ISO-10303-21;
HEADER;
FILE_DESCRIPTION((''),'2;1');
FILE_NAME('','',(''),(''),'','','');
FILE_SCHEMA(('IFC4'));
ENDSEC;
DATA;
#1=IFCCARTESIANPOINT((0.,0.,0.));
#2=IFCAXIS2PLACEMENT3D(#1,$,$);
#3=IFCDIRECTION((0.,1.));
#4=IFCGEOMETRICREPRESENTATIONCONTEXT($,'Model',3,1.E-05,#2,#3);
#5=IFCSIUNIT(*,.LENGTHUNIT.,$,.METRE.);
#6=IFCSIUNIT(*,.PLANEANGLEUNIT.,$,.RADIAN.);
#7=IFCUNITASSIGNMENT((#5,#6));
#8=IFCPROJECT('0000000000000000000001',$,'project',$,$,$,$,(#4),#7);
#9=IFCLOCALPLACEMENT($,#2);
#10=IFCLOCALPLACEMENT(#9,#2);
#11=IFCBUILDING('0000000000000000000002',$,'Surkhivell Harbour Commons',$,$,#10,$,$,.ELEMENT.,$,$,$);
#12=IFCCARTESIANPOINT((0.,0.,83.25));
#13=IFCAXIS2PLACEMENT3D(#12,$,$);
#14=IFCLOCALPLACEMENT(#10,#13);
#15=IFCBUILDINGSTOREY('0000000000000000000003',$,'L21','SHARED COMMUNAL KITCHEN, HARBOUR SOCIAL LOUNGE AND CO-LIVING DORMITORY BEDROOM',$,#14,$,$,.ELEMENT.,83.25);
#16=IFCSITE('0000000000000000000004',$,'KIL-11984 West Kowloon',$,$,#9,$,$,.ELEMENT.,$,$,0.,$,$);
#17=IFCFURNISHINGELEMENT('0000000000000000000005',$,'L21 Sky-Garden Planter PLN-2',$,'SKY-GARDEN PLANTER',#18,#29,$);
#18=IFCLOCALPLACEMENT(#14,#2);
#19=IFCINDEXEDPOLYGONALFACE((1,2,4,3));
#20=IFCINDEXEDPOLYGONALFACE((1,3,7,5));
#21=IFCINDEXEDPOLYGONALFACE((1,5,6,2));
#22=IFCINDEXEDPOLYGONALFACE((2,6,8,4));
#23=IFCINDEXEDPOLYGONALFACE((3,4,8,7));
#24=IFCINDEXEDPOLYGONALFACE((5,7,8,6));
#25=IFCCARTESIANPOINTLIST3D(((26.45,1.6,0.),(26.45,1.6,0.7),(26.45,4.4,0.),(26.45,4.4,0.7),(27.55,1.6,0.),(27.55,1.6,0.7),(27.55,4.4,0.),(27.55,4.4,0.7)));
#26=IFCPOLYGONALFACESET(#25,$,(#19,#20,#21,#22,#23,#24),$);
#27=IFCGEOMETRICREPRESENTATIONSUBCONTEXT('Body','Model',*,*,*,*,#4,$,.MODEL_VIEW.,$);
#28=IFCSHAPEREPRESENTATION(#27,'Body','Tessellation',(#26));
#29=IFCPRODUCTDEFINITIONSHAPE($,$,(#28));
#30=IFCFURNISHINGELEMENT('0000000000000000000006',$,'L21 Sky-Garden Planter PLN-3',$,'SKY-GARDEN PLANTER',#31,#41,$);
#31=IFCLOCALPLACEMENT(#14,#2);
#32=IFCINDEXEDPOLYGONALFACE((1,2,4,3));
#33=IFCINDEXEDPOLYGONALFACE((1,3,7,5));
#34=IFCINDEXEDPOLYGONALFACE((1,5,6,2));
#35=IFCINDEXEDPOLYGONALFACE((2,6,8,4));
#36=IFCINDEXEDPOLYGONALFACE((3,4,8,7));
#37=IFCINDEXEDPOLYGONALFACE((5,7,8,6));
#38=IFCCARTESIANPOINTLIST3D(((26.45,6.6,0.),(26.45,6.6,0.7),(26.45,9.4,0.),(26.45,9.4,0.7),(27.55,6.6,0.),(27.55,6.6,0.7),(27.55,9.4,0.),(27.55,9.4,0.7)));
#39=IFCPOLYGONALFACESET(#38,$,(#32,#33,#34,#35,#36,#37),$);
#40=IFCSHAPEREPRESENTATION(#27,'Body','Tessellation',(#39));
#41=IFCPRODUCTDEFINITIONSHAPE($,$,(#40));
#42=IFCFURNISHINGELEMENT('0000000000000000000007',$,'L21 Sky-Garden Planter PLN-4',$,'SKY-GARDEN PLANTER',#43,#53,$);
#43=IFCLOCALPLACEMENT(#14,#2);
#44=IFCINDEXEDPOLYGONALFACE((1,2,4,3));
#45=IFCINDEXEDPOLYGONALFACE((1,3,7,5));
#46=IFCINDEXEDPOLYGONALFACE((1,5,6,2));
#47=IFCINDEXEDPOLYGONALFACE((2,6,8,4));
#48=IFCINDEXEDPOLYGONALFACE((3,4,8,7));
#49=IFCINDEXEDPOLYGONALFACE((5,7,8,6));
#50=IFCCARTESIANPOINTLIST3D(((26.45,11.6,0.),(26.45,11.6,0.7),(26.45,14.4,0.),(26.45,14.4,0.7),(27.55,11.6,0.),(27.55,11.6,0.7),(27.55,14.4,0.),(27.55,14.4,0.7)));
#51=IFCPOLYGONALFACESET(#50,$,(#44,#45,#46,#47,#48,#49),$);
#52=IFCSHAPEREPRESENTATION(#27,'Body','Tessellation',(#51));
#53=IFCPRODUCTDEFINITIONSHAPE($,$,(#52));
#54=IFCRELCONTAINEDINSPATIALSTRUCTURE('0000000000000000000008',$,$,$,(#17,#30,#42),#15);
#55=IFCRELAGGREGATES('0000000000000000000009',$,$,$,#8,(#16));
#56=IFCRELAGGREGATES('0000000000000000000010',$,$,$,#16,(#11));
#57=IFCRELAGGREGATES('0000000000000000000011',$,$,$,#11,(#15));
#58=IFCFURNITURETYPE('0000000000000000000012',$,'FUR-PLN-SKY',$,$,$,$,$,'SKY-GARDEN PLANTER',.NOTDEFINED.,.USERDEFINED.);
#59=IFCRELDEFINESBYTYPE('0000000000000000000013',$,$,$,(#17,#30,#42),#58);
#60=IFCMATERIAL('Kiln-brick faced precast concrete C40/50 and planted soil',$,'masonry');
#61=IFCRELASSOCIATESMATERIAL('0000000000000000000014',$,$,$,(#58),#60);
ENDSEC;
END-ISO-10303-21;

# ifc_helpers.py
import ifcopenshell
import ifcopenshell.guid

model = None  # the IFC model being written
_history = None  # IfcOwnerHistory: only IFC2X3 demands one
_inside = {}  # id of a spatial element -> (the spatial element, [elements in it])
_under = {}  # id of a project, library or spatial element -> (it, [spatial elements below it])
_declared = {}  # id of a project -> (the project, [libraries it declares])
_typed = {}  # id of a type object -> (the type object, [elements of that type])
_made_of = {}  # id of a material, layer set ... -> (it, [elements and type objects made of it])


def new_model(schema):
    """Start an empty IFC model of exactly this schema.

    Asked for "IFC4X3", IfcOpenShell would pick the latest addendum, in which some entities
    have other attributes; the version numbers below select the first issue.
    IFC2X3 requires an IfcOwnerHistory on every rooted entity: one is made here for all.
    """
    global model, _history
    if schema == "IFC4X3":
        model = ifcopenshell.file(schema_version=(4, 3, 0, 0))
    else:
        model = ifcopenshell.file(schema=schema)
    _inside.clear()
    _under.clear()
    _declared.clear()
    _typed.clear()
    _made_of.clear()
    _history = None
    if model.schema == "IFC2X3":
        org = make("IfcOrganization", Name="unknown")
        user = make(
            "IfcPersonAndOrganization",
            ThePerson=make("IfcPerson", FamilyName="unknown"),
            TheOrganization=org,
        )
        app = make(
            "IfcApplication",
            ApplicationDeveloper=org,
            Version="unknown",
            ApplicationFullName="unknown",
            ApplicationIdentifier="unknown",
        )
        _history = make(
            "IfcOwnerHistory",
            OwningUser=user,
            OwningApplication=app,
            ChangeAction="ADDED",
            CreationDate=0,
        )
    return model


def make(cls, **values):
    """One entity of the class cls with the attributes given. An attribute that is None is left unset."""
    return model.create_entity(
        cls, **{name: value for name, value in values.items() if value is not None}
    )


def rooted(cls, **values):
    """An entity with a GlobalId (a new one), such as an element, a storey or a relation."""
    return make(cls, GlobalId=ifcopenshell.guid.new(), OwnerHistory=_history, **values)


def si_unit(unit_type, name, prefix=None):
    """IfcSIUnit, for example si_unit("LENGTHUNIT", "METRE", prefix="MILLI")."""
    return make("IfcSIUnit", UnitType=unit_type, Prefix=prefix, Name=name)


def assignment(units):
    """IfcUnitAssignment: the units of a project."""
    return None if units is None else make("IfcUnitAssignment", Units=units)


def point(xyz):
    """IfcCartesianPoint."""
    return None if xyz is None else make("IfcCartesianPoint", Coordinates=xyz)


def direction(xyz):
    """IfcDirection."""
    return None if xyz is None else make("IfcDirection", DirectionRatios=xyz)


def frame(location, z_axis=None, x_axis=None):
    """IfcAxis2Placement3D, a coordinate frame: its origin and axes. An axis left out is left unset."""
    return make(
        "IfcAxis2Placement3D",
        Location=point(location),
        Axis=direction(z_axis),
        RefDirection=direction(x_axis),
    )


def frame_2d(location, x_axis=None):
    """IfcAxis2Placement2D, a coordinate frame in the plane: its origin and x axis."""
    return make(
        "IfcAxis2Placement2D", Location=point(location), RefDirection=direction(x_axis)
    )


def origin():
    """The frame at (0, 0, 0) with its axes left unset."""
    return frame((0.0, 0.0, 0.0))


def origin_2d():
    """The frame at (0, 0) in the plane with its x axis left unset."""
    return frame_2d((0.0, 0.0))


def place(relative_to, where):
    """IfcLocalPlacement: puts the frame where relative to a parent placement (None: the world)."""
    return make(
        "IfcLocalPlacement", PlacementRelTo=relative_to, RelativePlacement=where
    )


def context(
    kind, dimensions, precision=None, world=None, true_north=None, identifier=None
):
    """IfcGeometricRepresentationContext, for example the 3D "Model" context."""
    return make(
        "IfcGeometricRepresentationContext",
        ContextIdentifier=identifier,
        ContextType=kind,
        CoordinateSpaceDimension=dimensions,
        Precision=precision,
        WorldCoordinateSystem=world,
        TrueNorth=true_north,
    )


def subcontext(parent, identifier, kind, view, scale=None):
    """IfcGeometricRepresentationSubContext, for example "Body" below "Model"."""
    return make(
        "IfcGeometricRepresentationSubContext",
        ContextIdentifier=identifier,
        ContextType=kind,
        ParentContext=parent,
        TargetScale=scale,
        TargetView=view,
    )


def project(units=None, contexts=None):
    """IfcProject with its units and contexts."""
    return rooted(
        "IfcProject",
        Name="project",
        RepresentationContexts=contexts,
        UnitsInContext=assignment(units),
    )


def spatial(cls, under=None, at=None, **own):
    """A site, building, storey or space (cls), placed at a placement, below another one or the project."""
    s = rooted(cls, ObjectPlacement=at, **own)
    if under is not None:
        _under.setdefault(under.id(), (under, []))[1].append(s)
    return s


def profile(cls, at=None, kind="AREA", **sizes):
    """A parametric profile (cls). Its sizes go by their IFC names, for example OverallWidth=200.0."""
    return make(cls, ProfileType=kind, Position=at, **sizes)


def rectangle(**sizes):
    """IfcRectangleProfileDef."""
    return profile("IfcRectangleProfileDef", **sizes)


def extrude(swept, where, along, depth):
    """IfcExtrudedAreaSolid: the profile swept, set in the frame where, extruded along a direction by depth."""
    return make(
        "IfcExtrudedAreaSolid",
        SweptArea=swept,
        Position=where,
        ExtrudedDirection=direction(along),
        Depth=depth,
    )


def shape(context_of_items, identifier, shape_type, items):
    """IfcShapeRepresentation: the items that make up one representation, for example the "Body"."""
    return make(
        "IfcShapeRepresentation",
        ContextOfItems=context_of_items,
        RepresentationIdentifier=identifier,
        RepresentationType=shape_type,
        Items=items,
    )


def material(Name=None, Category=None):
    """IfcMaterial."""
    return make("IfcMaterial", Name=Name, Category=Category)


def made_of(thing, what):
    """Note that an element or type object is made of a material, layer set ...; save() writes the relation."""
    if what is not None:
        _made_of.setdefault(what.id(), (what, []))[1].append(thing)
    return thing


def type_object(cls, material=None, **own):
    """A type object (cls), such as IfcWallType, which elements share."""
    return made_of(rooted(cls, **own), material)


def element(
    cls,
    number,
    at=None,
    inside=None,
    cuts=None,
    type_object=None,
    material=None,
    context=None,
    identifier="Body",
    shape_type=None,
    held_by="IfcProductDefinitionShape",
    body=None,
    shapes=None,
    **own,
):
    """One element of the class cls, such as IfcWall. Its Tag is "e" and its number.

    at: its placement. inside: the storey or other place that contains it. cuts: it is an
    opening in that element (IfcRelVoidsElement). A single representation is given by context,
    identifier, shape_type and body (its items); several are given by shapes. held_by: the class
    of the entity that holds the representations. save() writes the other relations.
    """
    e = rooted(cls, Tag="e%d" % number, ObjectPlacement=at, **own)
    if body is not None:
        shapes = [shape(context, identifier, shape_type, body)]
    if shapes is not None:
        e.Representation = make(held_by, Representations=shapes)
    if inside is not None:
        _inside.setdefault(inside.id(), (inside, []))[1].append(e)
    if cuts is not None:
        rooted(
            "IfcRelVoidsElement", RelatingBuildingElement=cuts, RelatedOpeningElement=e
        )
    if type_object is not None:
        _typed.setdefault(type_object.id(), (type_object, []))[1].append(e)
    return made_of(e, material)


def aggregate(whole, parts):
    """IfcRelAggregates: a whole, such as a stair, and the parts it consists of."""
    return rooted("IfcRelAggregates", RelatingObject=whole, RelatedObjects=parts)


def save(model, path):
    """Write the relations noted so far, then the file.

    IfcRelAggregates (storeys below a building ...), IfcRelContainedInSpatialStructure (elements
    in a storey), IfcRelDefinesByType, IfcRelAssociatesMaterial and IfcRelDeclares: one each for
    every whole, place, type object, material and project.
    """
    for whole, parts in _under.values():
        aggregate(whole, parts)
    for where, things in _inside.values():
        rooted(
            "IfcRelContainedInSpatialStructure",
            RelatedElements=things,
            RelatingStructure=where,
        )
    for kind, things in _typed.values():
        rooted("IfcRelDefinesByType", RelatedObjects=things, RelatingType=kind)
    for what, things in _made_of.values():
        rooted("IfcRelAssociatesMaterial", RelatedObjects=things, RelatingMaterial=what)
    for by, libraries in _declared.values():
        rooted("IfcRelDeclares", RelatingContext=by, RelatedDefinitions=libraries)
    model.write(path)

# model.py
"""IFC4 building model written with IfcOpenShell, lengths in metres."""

from ifc_helpers import new_model, si_unit, direction, frame, origin, origin_2d, place, context, subcontext, project, spatial, rectangle, extrude, material, type_object, element, save


model = new_model("IFC4")

# Units and contexts
model_context = context("Model", 3, precision=1e-05, world=origin(), true_north=direction((0.0, 1.0)))
body_context = subcontext(model_context, "Body", "Model", "MODEL_VIEW")
ifc_project = project(units=[si_unit("LENGTHUNIT", "METRE"), si_unit("PLANEANGLEUNIT", "RADIAN")], contexts=[model_context])

# Site, building, storey
site_placement = place(None, origin())
site = spatial("IfcSite", under=ifc_project, at=site_placement, Name="KIL-11984 West Kowloon", CompositionType="ELEMENT", RefElevation=0.0)
building_placement = place(site_placement, origin())
building = spatial("IfcBuilding", under=site, at=building_placement, Name="Surkhivell Harbour Commons", CompositionType="ELEMENT")
storey_placement = place(building_placement, frame((0.0, 0.0, 83.25)))
storey = spatial("IfcBuildingStorey", under=building, at=storey_placement, Name="L21", Description="SHARED COMMUNAL KITCHEN, HARBOUR SOCIAL LOUNGE AND CO-LIVING DORMITORY BEDROOM", CompositionType="ELEMENT", Elevation=83.25)

# Furnishing elements
ifc_material_1 = material(Name="Kiln-brick faced precast concrete C40/50 and planted soil", Category="masonry")
furniture_type = type_object("IfcFurnitureType", Name="FUR-PLN-SKY", ElementType="SKY-GARDEN PLANTER", AssemblyPlace="NOTDEFINED", PredefinedType="USERDEFINED", material=ifc_material_1)
for number, where, z_axis, x_axis, name in (
    (1, (27.0, 3.0, 0.0), (0.0, 0.0, 1.0), (0.0, 1.0, 0.0), "L21 Sky-Garden Planter PLN-2"),
    (2, (27.0, 8.0, 0.0), (0.0, 0.0, 1.0), (0.0, 1.0, 0.0), "L21 Sky-Garden Planter PLN-3"),
    (3, (27.0, 13.0, 0.0), (0.0, 0.0, 1.0), (0.0, 1.0, 0.0), "L21 Sky-Garden Planter PLN-4"),
):
    element("IfcFurnishingElement", number, at=place(storey_placement, frame(where, z_axis=z_axis, x_axis=x_axis)), inside=storey, type_object=furniture_type, Name=name, ObjectType="SKY-GARDEN PLANTER", context=body_context, shape_type="SweptSolid", body=[
        extrude(rectangle(XDim=2.8, YDim=1.1001, at=origin_2d()), origin(), (0.0, 0.0, 1.0), 0.7),
    ])

save(model, "model.ifc")
